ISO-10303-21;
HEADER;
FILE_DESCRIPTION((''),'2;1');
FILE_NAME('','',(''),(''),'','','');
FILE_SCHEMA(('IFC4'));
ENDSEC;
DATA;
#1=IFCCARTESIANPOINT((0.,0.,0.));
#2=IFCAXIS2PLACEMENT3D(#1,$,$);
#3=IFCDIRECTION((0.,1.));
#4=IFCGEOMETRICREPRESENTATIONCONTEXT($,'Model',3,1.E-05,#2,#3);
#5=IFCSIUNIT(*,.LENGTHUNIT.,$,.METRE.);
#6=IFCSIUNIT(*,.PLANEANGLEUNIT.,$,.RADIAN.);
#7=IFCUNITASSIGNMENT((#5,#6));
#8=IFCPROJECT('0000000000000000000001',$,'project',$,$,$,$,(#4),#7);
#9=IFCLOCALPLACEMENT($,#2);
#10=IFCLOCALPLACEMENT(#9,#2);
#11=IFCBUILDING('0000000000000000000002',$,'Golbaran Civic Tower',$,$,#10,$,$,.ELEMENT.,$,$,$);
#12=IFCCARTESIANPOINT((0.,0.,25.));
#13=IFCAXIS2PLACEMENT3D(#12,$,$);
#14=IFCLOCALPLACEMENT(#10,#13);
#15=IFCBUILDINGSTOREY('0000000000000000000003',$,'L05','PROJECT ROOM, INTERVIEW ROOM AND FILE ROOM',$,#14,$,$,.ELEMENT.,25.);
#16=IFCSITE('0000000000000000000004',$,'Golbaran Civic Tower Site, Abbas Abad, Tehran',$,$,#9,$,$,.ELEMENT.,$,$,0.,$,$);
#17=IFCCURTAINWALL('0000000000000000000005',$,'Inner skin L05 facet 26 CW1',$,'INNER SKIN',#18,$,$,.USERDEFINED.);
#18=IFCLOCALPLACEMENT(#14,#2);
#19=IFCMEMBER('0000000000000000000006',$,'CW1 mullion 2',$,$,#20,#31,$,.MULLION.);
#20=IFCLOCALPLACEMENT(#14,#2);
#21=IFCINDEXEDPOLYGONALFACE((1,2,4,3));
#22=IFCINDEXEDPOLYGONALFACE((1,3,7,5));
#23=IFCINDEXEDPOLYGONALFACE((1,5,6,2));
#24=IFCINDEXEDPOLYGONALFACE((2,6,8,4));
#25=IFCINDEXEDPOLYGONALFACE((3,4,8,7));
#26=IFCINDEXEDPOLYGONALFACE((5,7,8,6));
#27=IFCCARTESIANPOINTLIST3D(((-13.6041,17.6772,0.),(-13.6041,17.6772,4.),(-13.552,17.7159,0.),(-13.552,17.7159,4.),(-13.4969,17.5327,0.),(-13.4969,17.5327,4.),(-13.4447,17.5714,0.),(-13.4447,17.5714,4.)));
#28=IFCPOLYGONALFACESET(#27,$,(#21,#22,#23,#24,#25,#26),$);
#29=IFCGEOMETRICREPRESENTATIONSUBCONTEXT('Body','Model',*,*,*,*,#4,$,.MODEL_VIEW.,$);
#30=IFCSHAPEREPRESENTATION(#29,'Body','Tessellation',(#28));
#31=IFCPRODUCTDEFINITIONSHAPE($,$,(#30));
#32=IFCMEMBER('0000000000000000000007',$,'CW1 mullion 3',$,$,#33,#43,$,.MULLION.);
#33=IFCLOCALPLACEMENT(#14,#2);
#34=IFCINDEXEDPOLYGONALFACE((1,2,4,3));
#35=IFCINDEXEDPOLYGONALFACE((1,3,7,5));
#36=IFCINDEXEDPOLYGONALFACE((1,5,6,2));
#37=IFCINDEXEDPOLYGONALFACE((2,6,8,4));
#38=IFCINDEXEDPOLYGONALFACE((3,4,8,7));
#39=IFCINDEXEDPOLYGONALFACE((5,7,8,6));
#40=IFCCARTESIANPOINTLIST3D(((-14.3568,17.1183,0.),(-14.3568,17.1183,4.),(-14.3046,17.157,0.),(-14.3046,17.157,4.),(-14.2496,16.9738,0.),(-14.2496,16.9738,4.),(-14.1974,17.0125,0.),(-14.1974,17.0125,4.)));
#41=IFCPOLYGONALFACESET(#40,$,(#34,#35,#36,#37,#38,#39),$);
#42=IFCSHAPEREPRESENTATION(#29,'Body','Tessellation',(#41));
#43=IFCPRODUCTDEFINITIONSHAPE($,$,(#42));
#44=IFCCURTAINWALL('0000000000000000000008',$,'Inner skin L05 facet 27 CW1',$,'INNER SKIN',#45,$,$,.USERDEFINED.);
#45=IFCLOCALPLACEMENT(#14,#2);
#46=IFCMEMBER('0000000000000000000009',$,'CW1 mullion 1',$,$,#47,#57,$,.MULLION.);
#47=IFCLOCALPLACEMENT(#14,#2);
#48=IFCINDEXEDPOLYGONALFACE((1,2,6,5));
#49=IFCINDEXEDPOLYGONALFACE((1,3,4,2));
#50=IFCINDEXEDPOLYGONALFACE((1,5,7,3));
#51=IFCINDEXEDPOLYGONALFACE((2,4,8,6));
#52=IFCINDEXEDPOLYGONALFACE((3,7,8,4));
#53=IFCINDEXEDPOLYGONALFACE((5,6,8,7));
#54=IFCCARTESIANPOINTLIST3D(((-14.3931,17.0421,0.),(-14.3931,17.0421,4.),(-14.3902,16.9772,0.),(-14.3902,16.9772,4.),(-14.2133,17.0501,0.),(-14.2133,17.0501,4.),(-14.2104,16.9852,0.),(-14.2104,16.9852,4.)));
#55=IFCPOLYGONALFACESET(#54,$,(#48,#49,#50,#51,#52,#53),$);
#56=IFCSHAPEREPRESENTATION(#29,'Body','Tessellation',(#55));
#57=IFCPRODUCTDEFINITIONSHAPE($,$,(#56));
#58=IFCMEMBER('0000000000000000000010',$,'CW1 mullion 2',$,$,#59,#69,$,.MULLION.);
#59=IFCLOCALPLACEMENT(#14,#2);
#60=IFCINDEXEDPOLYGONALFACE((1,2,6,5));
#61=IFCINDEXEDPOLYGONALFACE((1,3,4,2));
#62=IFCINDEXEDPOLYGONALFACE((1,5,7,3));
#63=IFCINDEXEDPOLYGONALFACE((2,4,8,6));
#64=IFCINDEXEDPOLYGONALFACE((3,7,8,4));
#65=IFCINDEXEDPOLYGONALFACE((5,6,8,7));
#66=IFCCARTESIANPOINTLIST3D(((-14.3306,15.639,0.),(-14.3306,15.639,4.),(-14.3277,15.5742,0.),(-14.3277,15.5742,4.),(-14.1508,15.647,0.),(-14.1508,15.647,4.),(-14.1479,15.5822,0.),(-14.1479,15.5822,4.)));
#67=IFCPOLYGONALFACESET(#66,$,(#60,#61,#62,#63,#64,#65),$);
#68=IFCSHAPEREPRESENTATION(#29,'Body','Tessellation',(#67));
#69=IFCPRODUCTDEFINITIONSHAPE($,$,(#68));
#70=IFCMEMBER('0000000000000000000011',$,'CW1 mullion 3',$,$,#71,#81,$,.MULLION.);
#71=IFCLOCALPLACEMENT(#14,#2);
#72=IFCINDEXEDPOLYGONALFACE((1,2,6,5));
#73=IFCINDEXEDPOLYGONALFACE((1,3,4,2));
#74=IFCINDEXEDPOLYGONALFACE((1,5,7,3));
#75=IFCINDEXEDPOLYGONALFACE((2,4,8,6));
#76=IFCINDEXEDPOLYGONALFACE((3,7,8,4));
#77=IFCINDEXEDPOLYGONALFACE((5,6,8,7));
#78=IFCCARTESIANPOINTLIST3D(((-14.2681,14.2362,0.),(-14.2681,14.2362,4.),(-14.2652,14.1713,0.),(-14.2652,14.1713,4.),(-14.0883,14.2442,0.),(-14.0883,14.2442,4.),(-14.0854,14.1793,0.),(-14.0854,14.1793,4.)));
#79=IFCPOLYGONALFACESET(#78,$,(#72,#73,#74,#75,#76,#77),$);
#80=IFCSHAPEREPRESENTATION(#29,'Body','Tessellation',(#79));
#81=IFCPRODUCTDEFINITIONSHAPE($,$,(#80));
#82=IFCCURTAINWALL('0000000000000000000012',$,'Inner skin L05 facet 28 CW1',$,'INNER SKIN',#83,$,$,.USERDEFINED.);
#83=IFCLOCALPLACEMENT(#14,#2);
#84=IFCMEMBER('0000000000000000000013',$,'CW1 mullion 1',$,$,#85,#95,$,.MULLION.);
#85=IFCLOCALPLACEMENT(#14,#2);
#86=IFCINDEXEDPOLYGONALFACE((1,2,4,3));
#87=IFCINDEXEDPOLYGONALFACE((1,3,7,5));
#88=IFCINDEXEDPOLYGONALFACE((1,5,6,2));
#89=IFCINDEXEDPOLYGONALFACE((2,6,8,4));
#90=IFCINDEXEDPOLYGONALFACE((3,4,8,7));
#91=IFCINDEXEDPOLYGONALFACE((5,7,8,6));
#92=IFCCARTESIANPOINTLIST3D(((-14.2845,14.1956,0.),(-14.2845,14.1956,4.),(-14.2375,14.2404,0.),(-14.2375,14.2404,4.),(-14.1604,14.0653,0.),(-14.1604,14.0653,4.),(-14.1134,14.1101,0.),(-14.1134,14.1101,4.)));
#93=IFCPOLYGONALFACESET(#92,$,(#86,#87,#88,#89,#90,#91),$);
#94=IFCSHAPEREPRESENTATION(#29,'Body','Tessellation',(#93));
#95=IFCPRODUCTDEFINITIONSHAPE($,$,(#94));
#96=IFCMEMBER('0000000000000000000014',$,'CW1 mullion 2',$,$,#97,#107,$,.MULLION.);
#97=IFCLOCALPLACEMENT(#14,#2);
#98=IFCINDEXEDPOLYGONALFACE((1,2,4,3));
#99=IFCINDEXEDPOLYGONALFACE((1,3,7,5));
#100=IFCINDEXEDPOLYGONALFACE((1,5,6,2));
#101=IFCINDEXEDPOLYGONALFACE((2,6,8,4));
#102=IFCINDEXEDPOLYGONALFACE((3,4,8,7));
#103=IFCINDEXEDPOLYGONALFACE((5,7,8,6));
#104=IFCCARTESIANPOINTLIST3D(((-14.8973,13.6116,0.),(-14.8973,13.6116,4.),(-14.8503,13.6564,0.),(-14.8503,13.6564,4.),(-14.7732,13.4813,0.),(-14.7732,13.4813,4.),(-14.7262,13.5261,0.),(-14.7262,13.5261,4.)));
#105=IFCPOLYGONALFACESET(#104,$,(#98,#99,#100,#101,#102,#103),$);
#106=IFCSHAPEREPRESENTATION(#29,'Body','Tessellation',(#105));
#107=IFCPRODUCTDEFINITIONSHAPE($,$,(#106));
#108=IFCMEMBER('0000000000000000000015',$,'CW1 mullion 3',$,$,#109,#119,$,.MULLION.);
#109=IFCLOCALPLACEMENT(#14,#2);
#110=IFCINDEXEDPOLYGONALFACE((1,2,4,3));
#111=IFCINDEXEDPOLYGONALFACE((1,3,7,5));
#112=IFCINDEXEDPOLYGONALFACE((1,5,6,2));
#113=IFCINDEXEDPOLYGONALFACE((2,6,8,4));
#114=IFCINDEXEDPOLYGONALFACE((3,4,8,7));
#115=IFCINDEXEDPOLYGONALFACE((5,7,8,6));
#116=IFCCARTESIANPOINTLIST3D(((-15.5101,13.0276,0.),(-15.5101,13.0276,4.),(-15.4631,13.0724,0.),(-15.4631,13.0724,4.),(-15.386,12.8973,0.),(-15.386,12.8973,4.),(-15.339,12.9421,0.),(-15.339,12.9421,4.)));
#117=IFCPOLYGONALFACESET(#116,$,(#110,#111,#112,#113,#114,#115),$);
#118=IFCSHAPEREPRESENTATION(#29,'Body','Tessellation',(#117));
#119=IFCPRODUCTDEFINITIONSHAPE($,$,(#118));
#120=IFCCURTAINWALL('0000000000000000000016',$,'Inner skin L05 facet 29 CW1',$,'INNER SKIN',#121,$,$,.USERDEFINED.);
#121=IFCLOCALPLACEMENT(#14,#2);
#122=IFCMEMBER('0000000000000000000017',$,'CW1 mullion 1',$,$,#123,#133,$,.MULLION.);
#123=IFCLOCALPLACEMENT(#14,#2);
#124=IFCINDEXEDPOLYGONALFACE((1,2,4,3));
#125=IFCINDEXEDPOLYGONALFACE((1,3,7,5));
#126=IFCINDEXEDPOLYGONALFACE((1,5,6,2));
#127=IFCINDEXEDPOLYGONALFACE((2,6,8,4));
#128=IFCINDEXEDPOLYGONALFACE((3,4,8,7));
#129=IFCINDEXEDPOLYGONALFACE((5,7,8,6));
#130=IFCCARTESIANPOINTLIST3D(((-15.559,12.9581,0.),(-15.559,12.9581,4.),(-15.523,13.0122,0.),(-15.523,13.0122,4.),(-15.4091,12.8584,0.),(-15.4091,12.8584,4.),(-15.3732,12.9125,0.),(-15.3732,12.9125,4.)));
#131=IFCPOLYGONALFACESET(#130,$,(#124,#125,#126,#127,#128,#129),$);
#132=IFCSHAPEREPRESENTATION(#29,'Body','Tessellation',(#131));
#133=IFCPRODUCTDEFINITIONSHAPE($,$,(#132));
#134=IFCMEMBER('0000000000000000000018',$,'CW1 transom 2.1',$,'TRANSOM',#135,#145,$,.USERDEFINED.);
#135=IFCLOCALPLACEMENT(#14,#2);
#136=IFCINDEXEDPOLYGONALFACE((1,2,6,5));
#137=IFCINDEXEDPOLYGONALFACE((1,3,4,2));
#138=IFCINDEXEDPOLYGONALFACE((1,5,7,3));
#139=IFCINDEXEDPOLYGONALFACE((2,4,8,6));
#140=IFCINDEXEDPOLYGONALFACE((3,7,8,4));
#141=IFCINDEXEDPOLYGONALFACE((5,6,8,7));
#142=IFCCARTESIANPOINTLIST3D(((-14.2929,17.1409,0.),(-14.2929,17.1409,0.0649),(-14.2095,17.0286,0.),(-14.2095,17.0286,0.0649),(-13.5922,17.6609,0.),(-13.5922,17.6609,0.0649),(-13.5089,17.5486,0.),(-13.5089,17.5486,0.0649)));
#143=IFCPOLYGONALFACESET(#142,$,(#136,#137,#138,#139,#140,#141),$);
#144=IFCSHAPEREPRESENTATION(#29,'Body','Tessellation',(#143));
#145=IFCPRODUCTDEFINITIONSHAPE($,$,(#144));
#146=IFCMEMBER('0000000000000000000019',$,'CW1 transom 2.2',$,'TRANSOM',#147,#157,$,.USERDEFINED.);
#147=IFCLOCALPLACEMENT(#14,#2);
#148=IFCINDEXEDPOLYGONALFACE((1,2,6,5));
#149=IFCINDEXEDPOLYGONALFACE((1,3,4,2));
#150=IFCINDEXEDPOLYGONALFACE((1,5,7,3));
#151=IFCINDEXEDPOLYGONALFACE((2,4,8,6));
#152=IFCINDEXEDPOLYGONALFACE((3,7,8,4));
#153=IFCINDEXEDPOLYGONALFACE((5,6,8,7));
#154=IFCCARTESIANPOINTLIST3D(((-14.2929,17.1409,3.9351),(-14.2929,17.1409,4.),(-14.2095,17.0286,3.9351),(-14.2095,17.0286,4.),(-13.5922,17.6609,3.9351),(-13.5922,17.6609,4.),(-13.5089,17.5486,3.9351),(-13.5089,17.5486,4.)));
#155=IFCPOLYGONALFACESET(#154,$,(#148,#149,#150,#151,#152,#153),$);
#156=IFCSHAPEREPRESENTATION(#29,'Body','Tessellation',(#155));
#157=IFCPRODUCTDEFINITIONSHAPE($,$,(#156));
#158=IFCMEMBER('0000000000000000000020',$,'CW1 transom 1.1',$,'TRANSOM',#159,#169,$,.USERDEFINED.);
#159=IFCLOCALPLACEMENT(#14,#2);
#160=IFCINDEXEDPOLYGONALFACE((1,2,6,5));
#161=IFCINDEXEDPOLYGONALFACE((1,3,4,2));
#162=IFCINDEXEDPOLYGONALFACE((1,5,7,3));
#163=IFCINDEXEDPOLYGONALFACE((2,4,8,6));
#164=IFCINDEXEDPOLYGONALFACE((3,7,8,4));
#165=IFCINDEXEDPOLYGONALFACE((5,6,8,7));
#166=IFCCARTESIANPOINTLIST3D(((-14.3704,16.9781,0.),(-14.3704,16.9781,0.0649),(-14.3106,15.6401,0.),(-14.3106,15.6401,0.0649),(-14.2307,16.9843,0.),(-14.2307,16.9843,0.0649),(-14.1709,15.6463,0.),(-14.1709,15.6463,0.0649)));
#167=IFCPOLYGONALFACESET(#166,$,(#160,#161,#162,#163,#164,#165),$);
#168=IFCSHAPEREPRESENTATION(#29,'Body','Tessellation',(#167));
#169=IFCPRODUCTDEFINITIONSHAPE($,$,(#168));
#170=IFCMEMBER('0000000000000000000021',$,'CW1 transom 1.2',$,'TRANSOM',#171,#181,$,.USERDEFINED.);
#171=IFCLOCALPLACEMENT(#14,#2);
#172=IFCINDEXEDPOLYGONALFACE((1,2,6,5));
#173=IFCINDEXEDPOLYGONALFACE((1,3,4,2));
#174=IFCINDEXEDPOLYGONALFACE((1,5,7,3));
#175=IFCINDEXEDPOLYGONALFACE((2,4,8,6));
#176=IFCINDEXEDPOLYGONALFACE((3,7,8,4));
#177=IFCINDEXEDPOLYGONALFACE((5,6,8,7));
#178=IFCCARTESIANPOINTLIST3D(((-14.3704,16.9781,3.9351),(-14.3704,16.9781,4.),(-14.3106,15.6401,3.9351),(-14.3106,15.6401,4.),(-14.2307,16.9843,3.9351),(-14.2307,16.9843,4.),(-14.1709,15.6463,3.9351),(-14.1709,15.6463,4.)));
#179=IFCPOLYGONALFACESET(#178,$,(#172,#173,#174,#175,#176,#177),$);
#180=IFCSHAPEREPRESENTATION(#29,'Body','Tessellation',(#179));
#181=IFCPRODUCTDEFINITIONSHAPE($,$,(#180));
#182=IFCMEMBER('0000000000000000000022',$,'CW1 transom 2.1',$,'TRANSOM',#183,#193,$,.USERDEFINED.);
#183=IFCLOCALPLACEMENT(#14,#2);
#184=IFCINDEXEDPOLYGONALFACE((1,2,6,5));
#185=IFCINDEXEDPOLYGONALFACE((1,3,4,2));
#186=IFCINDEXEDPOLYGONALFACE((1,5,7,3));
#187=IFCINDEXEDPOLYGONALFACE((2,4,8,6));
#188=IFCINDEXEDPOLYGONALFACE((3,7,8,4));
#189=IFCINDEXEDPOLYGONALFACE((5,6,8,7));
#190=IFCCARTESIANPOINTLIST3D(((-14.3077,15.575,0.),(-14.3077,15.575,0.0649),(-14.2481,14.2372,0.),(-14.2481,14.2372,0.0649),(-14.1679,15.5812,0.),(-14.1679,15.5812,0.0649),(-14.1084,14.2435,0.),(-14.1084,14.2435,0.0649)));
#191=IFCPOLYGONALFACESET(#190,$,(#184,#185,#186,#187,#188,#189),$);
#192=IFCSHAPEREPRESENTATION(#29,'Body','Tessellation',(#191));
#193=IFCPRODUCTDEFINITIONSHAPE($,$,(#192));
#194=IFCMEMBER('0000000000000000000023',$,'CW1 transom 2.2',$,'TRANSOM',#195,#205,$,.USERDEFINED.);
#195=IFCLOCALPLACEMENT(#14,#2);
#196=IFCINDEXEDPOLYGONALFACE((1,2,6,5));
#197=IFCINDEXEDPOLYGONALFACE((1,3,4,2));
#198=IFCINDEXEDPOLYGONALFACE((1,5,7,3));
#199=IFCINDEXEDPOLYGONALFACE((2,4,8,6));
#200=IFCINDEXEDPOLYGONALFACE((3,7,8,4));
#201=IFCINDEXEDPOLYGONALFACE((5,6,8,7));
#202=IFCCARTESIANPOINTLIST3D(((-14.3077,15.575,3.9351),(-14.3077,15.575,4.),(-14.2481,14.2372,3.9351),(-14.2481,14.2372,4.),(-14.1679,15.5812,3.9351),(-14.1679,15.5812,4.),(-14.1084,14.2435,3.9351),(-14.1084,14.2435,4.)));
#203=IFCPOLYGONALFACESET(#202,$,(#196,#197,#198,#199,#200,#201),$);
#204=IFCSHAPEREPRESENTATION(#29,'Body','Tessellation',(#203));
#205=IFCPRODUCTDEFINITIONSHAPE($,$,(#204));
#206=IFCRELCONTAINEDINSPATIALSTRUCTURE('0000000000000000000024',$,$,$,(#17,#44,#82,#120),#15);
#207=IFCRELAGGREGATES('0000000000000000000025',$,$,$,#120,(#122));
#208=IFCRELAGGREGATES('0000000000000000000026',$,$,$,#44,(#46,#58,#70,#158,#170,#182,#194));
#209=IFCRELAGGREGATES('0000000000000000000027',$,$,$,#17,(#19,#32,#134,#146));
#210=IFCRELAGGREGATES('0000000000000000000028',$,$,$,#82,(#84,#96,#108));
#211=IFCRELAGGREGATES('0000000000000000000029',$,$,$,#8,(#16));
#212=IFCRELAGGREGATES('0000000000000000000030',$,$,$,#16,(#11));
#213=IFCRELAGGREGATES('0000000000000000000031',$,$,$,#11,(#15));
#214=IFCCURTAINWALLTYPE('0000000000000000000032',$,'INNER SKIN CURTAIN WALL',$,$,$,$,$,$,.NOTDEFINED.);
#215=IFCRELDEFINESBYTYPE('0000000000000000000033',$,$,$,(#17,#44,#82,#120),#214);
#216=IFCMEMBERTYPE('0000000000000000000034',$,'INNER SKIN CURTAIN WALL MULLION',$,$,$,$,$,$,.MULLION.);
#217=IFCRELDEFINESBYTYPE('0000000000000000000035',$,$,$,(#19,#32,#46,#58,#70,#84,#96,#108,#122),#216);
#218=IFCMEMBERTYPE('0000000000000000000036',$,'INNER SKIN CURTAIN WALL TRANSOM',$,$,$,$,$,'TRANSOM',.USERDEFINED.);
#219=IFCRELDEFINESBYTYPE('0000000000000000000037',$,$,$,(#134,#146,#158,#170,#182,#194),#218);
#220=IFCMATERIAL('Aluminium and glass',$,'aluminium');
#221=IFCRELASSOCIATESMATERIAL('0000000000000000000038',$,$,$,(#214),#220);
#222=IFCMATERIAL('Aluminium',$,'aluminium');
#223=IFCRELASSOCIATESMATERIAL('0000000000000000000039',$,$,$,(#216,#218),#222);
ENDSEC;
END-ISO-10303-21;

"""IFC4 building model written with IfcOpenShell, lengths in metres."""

from ifc_helpers import new_model, si_unit, direction, frame, origin, origin_2d, place, context, subcontext, project, spatial, rectangle, extrude, material, material_profile, profile_set, type_object, element, aggregate, save


model = new_model("IFC4")

# Units and contexts
model_context = context("Model", 3, precision=1e-05, world=origin(), true_north=direction((0.0, 1.0)))
body_context = subcontext(model_context, "Body", "Model", "MODEL_VIEW")
ifc_project = project(units=[si_unit("LENGTHUNIT", "METRE"), si_unit("PLANEANGLEUNIT", "RADIAN")], contexts=[model_context])

# Site, building, storey
site_placement = place(None, origin())
site = spatial("IfcSite", under=ifc_project, at=site_placement, Name="Golbaran Civic Tower Site, Abbas Abad, Tehran", CompositionType="ELEMENT", RefElevation=0.0)
building_placement = place(site_placement, origin())
building = spatial("IfcBuilding", under=site, at=building_placement, Name="Golbaran Civic Tower", CompositionType="ELEMENT")
storey_placement = place(building_placement, frame((0.0, 0.0, 25.0)))
storey = spatial("IfcBuildingStorey", under=building, at=storey_placement, Name="L05", Description="PROJECT ROOM, INTERVIEW ROOM AND FILE ROOM", CompositionType="ELEMENT", Elevation=25.0)

# Curtain walls, members
ifc_material_1 = material(Name="Aluminium and glass", Category="aluminium")
curtain_wall_type = type_object("IfcCurtainWallType", Name="INNER SKIN CURTAIN WALL", PredefinedType="NOTDEFINED", material=ifc_material_1)
curtain_wall_1_placement = place(storey_placement, origin())
curtain_wall_1 = element("IfcCurtainWall", 1, at=curtain_wall_1_placement, inside=storey, type_object=curtain_wall_type, Name="Inner skin L05 facet 26 CW1", ObjectType="INNER SKIN", PredefinedType="USERDEFINED")
ifc_material_2 = material(Name="Aluminium", Category="aluminium")
ifc_material_profile_1 = material_profile(ifc_material_2, rectangle(XDim=0.1799, YDim=0.0649, at=origin_2d()), Name="INNER SKIN CURTAIN WALL MULLION")
ifc_profile_set_1 = profile_set([ifc_material_profile_1], Name="Aluminium")
member_type_1 = type_object("IfcMemberType", Name="INNER SKIN CURTAIN WALL MULLION", PredefinedType="MULLION", material=ifc_profile_set_1)
member_1_placement = place(storey_placement, frame((-13.5244, 17.6243, 0.0), z_axis=(0.0, 0.0, 1.0), x_axis=(0.596019, -0.80297, 0.0)))
member_1 = element("IfcMember", 2, at=member_1_placement, type_object=member_type_1, Name="CW1 mullion 2", PredefinedType="MULLION", context=body_context, shape_type="SweptSolid", body=[
    extrude(rectangle(XDim=0.1799, YDim=0.0649, at=origin_2d()), origin(), (0.0, 0.0, 1.0), 4.0),
])
member_2_placement = place(storey_placement, frame((-14.2771, 17.0654, 0.0), z_axis=(0.0, 0.0, 1.0), x_axis=(0.596019, -0.80297, 0.0)))
member_2 = element("IfcMember", 3, at=member_2_placement, type_object=member_type_1, Name="CW1 mullion 3", PredefinedType="MULLION", context=body_context, shape_type="SweptSolid", body=[
    extrude(rectangle(XDim=0.1799, YDim=0.0649, at=origin_2d()), origin(), (0.0, 0.0, 1.0), 4.0),
])
curtain_wall_2_placement = place(storey_placement, origin())
curtain_wall_2 = element("IfcCurtainWall", 4, at=curtain_wall_2_placement, inside=storey, type_object=curtain_wall_type, Name="Inner skin L05 facet 27 CW1", ObjectType="INNER SKIN", PredefinedType="USERDEFINED")
member_3_placement = place(storey_placement, frame((-14.3018, 17.0137, 0.0), z_axis=(0.0, 0.0, 1.0), x_axis=(0.999008, 0.044524, 0.0)))
member_3 = element("IfcMember", 5, at=member_3_placement, type_object=member_type_1, Name="CW1 mullion 1", PredefinedType="MULLION", context=body_context, shape_type="SweptSolid", body=[
    extrude(rectangle(XDim=0.1799, YDim=0.0649, at=origin_2d()), origin(), (0.0, 0.0, 1.0), 4.0),
])
member_4_placement = place(storey_placement, frame((-14.2393, 15.6106, 0.0), z_axis=(0.0, 0.0, 1.0), x_axis=(0.999008, 0.044524, 0.0)))
member_4 = element("IfcMember", 6, at=member_4_placement, type_object=member_type_1, Name="CW1 mullion 2", PredefinedType="MULLION", context=body_context, shape_type="SweptSolid", body=[
    extrude(rectangle(XDim=0.1799, YDim=0.0649, at=origin_2d()), origin(), (0.0, 0.0, 1.0), 4.0),
])
member_5_placement = place(storey_placement, frame((-14.1768, 14.2078, 0.0), z_axis=(0.0, 0.0, 1.0), x_axis=(0.999008, 0.044524, 0.0)))
member_5 = element("IfcMember", 7, at=member_5_placement, type_object=member_type_1, Name="CW1 mullion 3", PredefinedType="MULLION", context=body_context, shape_type="SweptSolid", body=[
    extrude(rectangle(XDim=0.1799, YDim=0.0649, at=origin_2d()), origin(), (0.0, 0.0, 1.0), 4.0),
])
curtain_wall_3_placement = place(storey_placement, origin())
curtain_wall_3 = element("IfcCurtainWall", 8, at=curtain_wall_3_placement, inside=storey, type_object=curtain_wall_type, Name="Inner skin L05 facet 28 CW1", ObjectType="INNER SKIN", PredefinedType="USERDEFINED")
member_6_placement = place(storey_placement, frame((-14.199, 14.1528, 0.0), z_axis=(0.0, 0.0, 1.0), x_axis=(0.689904, -0.7239, 0.0)))
member_6 = element("IfcMember", 9, at=member_6_placement, type_object=member_type_1, Name="CW1 mullion 1", PredefinedType="MULLION", context=body_context, shape_type="SweptSolid", body=[
    extrude(rectangle(XDim=0.1799, YDim=0.0649, at=origin_2d()), origin(), (0.0, 0.0, 1.0), 4.0),
])
member_7_placement = place(storey_placement, frame((-14.8118, 13.5688, 0.0), z_axis=(0.0, 0.0, 1.0), x_axis=(0.689904, -0.7239, 0.0)))
member_7 = element("IfcMember", 10, at=member_7_placement, type_object=member_type_1, Name="CW1 mullion 2", PredefinedType="MULLION", context=body_context, shape_type="SweptSolid", body=[
    extrude(rectangle(XDim=0.1799, YDim=0.0649, at=origin_2d()), origin(), (0.0, 0.0, 1.0), 4.0),
])
member_8_placement = place(storey_placement, frame((-15.4246, 12.9849, 0.0), z_axis=(0.0, 0.0, 1.0), x_axis=(0.689904, -0.7239, 0.0)))
member_8 = element("IfcMember", 11, at=member_8_placement, type_object=member_type_1, Name="CW1 mullion 3", PredefinedType="MULLION", context=body_context, shape_type="SweptSolid", body=[
    extrude(rectangle(XDim=0.1799, YDim=0.0649, at=origin_2d()), origin(), (0.0, 0.0, 1.0), 4.0),
])

# Curtain wall, member
curtain_wall_4_placement = place(storey_placement, origin())
curtain_wall_4 = element("IfcCurtainWall", 12, at=curtain_wall_4_placement, inside=storey, type_object=curtain_wall_type, Name="Inner skin L05 facet 29 CW1", ObjectType="INNER SKIN", PredefinedType="USERDEFINED")
member_9_placement = place(storey_placement, frame((-15.4661, 12.9353, 0.0), z_axis=(0.0, 0.0, 1.0), x_axis=(0.832703, -0.553719, 0.0)))
member_9 = element("IfcMember", 13, at=member_9_placement, type_object=member_type_1, Name="CW1 mullion 1", PredefinedType="MULLION", context=body_context, shape_type="SweptSolid", body=[
    extrude(rectangle(XDim=0.1799, YDim=0.0649, at=origin_2d()), origin(), (0.0, 0.0, 1.0), 4.0),
])

# Members
ifc_material_profile_2 = material_profile(ifc_material_2, rectangle(XDim=0.1399, YDim=0.0649, at=origin_2d()), Name="INNER SKIN CURTAIN WALL TRANSOM")
ifc_profile_set_2 = profile_set([ifc_material_profile_2], Name="Aluminium")
member_type_2 = type_object("IfcMemberType", Name="INNER SKIN CURTAIN WALL TRANSOM", ElementType="TRANSOM", PredefinedType="USERDEFINED", material=ifc_profile_set_2)
member_10_placement = place(storey_placement, frame((-13.5505, 17.6047, 0.0325), z_axis=(-0.803012, -0.595963, 0.0), x_axis=(0.595963, -0.803012, 0.0)))
member_10 = element("IfcMember", 14, at=member_10_placement, type_object=member_type_2, Name="CW1 transom 2.1", ObjectType="TRANSOM", PredefinedType="USERDEFINED", context=body_context, shape_type="SweptSolid", body=[
    extrude(rectangle(XDim=0.1399, YDim=0.0649, at=origin_2d()), origin(), (0.0, 0.0, 1.0), 0.8726),
])
member_11_placement = place(storey_placement, frame((-13.5505, 17.6047, 3.9675), z_axis=(-0.803012, -0.595963, 0.0), x_axis=(0.595963, -0.803012, 0.0)))
member_11 = element("IfcMember", 15, at=member_11_placement, type_object=member_type_2, Name="CW1 transom 2.2", ObjectType="TRANSOM", PredefinedType="USERDEFINED", context=body_context, shape_type="SweptSolid", body=[
    extrude(rectangle(XDim=0.1399, YDim=0.0649, at=origin_2d()), origin(), (0.0, 0.0, 1.0), 0.8726),
])
member_12_placement = place(storey_placement, frame((-14.3005, 16.9812, 0.0325), z_axis=(0.044655, -0.999002, 0.0), x_axis=(0.999002, 0.044655, 0.0)))
member_12 = element("IfcMember", 16, at=member_12_placement, type_object=member_type_2, Name="CW1 transom 1.1", ObjectType="TRANSOM", PredefinedType="USERDEFINED", context=body_context, shape_type="SweptSolid", body=[
    extrude(rectangle(XDim=0.1399, YDim=0.0649, at=origin_2d()), origin(), (0.0, 0.0, 1.0), 1.3394),
])
member_13_placement = place(storey_placement, frame((-14.3005, 16.9812, 3.9675), z_axis=(0.044655, -0.999002, 0.0), x_axis=(0.999002, 0.044655, 0.0)))
member_13 = element("IfcMember", 17, at=member_13_placement, type_object=member_type_2, Name="CW1 transom 1.2", ObjectType="TRANSOM", PredefinedType="USERDEFINED", context=body_context, shape_type="SweptSolid", body=[
    extrude(rectangle(XDim=0.1399, YDim=0.0649, at=origin_2d()), origin(), (0.0, 0.0, 1.0), 1.3394),
])
member_14_placement = place(storey_placement, frame((-14.2378, 15.5781, 0.0325), z_axis=(0.044481, -0.99901, 0.0), x_axis=(0.99901, 0.044481, 0.0)))
member_14 = element("IfcMember", 18, at=member_14_placement, type_object=member_type_2, Name="CW1 transom 2.1", ObjectType="TRANSOM", PredefinedType="USERDEFINED", context=body_context, shape_type="SweptSolid", body=[
    extrude(rectangle(XDim=0.1399, YDim=0.0649, at=origin_2d()), origin(), (0.0, 0.0, 1.0), 1.3391),
])
member_15_placement = place(storey_placement, frame((-14.2378, 15.5781, 3.9675), z_axis=(0.044481, -0.99901, 0.0), x_axis=(0.99901, 0.044481, 0.0)))
member_15 = element("IfcMember", 19, at=member_15_placement, type_object=member_type_2, Name="CW1 transom 2.2", ObjectType="TRANSOM", PredefinedType="USERDEFINED", context=body_context, shape_type="SweptSolid", body=[
    extrude(rectangle(XDim=0.1399, YDim=0.0649, at=origin_2d()), origin(), (0.0, 0.0, 1.0), 1.3391),
])
aggregate(curtain_wall_4, [member_9])

aggregate(curtain_wall_2, [member_3, member_4, member_5, member_12, member_13, member_14, member_15])
aggregate(curtain_wall_1, [member_1, member_2, member_10, member_11])
aggregate(curtain_wall_3, [member_6, member_7, member_8])

save(model, "model.ifc")
